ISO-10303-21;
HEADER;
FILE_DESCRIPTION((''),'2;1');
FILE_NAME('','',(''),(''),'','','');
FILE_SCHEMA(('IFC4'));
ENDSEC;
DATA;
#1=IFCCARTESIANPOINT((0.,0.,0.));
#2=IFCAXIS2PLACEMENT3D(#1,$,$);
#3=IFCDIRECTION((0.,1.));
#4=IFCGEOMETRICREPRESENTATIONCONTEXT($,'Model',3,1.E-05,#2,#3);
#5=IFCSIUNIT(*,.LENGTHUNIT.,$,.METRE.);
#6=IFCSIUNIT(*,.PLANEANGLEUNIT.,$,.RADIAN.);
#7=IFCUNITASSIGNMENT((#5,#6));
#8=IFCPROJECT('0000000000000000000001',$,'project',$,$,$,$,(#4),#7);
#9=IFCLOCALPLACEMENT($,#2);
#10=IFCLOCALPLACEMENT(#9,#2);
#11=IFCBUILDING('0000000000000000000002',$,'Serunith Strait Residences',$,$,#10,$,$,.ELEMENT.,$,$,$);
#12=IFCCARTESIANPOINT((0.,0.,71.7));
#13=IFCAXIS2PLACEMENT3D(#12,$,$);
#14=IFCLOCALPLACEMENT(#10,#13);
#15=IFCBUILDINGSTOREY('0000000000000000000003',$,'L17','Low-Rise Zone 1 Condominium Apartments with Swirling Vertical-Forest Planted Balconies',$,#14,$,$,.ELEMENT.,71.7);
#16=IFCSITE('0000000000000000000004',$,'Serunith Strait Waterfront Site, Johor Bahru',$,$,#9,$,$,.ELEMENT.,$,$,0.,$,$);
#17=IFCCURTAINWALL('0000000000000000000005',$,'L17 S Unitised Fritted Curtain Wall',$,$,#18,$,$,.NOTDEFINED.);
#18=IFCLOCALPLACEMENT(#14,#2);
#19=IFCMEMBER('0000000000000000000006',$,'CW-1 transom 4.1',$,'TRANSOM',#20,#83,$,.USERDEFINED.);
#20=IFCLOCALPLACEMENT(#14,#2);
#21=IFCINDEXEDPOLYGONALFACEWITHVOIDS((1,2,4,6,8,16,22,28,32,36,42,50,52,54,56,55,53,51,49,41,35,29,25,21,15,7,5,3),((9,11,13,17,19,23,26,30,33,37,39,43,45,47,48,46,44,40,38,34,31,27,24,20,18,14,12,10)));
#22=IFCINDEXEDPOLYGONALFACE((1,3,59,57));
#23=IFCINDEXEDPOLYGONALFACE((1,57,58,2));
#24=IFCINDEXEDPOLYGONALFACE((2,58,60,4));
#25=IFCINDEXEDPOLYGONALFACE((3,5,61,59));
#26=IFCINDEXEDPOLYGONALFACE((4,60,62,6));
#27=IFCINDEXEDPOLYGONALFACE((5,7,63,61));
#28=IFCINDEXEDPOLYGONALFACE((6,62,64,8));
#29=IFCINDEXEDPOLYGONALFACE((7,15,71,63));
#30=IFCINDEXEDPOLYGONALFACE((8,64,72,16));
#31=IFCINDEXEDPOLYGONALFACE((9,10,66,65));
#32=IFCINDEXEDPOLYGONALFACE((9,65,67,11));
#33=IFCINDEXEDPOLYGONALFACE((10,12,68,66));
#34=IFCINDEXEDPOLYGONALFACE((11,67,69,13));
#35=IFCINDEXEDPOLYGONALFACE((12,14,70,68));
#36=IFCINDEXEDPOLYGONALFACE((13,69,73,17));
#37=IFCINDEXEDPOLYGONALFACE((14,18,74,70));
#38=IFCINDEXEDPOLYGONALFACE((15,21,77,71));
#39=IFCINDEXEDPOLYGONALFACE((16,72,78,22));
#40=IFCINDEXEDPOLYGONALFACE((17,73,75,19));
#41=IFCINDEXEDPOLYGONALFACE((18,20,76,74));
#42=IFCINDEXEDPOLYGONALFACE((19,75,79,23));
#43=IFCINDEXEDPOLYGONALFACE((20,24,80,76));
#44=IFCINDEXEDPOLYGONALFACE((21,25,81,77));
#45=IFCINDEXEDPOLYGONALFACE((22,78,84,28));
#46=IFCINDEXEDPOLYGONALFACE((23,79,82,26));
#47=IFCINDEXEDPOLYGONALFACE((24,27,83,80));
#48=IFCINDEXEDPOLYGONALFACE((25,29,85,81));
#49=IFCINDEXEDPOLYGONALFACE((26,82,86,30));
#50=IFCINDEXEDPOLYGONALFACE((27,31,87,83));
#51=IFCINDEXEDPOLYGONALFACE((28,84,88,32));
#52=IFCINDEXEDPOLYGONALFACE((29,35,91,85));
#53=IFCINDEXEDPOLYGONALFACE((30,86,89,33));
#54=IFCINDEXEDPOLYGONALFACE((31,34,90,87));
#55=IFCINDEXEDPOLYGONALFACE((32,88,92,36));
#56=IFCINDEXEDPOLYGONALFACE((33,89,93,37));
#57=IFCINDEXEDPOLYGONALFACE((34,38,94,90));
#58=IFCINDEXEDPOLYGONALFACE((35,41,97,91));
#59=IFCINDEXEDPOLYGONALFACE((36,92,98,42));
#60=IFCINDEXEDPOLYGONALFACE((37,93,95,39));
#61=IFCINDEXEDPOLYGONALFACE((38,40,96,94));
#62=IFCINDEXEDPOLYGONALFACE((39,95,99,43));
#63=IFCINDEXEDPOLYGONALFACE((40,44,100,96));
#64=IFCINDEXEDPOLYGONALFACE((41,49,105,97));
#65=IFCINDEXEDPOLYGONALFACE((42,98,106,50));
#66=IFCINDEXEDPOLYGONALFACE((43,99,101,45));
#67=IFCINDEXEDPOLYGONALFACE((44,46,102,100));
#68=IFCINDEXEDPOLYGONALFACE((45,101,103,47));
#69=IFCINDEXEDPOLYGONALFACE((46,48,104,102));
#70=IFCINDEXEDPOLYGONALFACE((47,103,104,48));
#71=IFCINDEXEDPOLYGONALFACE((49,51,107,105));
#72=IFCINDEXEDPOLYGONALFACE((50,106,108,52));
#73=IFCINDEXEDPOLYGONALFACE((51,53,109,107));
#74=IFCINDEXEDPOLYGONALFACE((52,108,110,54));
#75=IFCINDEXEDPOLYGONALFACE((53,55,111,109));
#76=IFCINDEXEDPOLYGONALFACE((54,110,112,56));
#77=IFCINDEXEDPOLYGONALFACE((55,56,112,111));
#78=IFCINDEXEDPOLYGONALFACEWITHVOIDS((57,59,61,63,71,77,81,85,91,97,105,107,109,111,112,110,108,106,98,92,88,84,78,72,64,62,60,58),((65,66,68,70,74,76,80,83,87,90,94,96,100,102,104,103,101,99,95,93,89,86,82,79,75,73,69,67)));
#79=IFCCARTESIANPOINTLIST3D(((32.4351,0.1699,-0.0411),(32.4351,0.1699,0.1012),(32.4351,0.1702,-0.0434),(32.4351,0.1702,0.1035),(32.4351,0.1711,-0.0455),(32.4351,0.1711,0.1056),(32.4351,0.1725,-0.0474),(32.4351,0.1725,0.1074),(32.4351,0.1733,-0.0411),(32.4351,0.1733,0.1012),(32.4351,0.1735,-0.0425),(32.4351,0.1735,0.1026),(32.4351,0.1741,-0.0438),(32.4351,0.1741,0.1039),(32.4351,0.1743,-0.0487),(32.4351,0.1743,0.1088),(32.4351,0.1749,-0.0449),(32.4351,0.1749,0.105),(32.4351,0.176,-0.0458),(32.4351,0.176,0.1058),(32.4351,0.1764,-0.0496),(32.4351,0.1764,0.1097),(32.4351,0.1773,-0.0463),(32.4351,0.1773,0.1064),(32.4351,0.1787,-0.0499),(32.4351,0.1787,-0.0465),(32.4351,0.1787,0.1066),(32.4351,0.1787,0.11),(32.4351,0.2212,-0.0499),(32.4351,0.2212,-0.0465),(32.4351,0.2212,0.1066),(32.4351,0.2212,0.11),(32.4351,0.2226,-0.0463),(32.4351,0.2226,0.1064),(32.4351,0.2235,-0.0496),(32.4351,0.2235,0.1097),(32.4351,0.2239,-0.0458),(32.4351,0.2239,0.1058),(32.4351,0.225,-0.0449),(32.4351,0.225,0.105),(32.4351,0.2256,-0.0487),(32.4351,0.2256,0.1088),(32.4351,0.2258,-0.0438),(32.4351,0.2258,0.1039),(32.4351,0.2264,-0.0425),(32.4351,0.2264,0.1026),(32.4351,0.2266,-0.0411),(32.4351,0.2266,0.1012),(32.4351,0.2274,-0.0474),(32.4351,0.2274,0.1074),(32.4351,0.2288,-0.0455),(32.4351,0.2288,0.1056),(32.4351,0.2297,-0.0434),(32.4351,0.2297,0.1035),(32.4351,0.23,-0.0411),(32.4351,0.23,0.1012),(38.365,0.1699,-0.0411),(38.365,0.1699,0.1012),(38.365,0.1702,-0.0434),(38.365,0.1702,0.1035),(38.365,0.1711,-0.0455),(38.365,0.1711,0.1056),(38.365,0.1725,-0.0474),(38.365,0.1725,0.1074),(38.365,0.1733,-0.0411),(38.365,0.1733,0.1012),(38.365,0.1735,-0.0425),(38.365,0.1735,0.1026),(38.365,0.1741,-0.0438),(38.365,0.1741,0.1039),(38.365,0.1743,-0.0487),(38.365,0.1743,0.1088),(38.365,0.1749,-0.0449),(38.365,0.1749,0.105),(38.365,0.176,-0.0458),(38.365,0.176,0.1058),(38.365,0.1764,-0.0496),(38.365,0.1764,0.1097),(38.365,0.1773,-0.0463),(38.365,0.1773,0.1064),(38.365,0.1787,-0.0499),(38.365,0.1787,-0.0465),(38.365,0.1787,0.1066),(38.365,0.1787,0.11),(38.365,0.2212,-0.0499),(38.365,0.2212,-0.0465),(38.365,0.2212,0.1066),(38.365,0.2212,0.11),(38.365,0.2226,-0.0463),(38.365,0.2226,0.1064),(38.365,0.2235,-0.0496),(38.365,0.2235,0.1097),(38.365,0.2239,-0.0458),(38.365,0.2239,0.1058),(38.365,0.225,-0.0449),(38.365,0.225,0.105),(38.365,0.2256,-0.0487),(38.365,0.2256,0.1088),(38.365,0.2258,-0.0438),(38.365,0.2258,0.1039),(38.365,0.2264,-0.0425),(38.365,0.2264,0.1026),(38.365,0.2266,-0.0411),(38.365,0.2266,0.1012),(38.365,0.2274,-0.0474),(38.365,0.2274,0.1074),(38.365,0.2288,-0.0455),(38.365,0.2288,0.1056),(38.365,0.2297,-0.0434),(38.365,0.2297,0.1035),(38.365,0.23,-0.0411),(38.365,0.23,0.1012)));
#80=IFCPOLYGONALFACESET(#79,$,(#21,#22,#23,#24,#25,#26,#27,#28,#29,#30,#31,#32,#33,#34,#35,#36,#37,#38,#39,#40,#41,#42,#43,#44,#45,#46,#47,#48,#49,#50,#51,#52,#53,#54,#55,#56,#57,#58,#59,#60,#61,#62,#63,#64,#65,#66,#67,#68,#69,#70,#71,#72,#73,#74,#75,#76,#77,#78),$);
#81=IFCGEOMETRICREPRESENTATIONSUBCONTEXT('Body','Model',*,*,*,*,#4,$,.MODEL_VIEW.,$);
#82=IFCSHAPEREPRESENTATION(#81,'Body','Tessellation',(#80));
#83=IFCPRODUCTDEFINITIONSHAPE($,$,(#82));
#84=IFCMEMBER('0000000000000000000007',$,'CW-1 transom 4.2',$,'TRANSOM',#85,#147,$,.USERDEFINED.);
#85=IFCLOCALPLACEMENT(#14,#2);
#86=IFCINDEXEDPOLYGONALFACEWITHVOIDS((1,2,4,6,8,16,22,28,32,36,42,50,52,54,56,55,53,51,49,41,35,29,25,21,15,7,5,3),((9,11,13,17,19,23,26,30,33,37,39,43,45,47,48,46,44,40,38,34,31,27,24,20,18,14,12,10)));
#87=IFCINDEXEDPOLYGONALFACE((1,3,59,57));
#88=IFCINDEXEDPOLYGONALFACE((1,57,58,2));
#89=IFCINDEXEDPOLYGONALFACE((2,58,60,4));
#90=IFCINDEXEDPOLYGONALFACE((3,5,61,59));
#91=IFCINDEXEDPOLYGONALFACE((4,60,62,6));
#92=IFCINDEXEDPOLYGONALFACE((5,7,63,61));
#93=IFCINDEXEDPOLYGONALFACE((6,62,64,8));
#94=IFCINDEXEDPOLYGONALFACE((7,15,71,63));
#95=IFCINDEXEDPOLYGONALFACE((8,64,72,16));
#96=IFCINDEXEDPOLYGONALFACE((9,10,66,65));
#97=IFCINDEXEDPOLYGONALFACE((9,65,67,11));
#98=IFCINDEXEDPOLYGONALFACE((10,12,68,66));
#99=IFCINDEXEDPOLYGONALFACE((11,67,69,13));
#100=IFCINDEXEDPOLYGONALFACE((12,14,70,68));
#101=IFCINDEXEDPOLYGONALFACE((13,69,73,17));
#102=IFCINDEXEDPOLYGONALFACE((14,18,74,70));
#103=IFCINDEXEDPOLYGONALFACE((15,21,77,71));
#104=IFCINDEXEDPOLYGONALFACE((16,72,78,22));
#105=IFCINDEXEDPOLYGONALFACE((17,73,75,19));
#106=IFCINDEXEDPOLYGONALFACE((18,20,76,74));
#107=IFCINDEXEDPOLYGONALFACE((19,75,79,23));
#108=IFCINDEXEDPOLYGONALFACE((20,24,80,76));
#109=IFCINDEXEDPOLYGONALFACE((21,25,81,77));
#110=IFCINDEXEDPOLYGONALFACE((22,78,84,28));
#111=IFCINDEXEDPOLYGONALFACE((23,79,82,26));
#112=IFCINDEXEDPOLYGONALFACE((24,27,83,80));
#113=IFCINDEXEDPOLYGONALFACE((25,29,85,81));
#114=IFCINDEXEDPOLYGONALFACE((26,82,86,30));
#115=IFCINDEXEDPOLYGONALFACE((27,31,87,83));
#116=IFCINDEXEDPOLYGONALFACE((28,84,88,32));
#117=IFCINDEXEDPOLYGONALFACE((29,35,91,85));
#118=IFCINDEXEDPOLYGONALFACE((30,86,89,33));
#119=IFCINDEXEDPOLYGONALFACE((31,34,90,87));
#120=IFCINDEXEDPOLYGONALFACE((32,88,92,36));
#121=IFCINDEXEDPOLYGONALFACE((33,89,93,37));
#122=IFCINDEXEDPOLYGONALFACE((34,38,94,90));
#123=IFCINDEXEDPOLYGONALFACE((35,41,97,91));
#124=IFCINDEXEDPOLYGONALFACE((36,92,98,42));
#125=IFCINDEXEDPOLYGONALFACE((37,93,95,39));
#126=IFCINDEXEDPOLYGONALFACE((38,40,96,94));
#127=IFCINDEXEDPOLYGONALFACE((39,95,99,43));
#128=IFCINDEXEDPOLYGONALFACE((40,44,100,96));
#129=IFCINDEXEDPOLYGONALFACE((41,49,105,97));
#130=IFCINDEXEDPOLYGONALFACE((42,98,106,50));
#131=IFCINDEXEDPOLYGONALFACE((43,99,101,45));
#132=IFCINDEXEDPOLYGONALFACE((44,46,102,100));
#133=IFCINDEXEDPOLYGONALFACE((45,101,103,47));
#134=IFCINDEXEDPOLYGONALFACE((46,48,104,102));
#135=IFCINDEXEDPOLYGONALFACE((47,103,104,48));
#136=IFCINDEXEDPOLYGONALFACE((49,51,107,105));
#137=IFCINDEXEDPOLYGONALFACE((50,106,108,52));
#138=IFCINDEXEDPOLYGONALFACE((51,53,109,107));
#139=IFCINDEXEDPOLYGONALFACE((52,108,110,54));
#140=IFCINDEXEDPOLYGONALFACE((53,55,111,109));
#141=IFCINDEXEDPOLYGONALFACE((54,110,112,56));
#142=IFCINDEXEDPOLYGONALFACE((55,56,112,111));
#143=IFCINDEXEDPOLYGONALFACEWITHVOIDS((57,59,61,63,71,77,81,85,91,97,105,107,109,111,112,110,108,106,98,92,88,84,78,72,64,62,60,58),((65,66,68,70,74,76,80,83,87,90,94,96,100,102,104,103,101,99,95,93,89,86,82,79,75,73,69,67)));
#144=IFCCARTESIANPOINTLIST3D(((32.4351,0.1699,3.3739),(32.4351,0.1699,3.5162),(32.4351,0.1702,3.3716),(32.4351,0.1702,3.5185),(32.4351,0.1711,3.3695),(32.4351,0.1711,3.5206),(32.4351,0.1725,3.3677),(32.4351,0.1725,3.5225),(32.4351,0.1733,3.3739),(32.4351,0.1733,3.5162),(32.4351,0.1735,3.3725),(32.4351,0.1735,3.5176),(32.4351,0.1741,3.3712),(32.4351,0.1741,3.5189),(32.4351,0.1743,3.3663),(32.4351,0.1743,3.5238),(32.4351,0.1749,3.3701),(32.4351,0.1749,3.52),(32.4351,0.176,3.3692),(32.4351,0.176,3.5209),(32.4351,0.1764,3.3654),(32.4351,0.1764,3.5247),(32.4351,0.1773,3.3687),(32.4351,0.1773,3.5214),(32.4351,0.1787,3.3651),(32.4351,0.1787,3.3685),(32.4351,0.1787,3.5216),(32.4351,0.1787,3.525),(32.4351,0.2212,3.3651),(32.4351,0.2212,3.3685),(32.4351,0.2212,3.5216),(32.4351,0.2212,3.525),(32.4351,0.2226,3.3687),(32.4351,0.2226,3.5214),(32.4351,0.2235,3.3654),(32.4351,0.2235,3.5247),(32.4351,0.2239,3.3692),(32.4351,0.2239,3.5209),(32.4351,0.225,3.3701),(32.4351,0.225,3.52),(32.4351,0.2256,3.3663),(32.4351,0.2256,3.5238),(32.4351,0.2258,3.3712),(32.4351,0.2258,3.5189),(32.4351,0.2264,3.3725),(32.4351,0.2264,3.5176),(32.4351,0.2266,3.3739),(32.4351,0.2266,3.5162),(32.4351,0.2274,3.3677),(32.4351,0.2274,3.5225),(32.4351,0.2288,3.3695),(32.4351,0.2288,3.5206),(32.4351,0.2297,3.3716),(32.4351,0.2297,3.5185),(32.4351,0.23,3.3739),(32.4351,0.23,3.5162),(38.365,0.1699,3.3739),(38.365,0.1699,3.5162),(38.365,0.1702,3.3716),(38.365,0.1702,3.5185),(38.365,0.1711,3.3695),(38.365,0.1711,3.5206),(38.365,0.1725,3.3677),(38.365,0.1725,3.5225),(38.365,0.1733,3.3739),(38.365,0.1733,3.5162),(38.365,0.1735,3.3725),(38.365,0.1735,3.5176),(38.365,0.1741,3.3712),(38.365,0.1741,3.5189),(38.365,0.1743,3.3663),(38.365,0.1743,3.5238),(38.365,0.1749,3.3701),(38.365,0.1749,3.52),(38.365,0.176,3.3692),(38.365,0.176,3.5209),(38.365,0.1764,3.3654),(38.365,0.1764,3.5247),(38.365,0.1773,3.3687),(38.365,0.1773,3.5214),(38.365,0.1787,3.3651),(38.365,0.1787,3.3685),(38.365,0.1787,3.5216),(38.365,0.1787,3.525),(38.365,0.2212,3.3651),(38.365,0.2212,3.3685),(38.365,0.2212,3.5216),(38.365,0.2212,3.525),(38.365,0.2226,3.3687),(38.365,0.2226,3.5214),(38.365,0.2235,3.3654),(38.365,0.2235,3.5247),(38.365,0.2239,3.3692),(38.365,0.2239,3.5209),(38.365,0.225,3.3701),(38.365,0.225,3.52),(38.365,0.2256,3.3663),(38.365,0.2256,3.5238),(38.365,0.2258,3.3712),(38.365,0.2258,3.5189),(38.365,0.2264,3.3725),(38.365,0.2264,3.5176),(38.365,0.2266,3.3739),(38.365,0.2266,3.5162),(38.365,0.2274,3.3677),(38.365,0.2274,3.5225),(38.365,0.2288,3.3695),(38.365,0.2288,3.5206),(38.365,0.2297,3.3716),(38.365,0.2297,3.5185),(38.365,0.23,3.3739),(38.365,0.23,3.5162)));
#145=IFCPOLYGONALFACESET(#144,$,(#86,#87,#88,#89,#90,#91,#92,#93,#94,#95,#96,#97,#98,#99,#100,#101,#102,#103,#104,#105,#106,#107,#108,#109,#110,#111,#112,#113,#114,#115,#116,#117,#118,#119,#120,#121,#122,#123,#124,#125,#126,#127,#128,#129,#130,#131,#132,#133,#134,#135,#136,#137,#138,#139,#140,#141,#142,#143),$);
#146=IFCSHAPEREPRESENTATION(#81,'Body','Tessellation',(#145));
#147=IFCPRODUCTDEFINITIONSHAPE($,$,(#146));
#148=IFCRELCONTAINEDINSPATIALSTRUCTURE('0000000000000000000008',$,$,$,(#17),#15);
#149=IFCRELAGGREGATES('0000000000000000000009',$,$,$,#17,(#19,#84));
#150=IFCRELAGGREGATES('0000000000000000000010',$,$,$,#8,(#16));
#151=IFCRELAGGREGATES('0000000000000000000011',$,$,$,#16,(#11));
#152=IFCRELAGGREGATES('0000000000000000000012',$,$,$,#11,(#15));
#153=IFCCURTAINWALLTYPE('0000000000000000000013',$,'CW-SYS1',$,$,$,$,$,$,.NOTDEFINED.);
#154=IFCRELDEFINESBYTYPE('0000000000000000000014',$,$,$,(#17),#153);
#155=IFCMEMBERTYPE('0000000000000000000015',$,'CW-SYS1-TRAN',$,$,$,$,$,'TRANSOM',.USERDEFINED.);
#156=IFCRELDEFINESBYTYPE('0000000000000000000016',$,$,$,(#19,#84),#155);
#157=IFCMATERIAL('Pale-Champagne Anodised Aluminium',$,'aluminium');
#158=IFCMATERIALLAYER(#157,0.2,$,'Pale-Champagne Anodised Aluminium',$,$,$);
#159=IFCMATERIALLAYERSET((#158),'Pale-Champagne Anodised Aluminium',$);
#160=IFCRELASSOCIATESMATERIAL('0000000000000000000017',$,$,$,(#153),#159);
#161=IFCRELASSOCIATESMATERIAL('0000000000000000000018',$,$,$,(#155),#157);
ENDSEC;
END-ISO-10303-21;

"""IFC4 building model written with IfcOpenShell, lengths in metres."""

from ifc_helpers import new_model, si_unit, direction, frame, origin, origin_2d, place, context, subcontext, project, spatial, hollow_rectangle, extrude, source, transform, mapped, material, layer, layer_set, material_profile, profile_set, type_object, element, aggregate, save


model = new_model("IFC4")

# Units and contexts
model_context = context("Model", 3, precision=1e-05, world=origin(), true_north=direction((0.0, 1.0)))
body_context = subcontext(model_context, "Body", "Model", "MODEL_VIEW")
ifc_project = project(units=[si_unit("LENGTHUNIT", "METRE"), si_unit("PLANEANGLEUNIT", "RADIAN")], contexts=[model_context])

# Site, building, storey
site_placement = place(None, origin())
site = spatial("IfcSite", under=ifc_project, at=site_placement, Name="Serunith Strait Waterfront Site, Johor Bahru", CompositionType="ELEMENT", RefElevation=0.0)
building_placement = place(site_placement, origin())
building = spatial("IfcBuilding", under=site, at=building_placement, Name="Serunith Strait Residences", CompositionType="ELEMENT")
storey_placement = place(building_placement, frame((0.0, 0.0, 71.7)))
storey = spatial("IfcBuildingStorey", under=building, at=storey_placement, Name="L17", Description="Low-Rise Zone 1 Condominium Apartments with Swirling Vertical-Forest Planted Balconies", CompositionType="ELEMENT", Elevation=71.7)

# Curtain wall, members
ifc_material_1 = material(Name="Pale-Champagne Anodised Aluminium", Category="aluminium")
ifc_layer_1 = layer(ifc_material_1, 0.2, Name="Pale-Champagne Anodised Aluminium")
ifc_layer_set_1 = layer_set([ifc_layer_1], Name="Pale-Champagne Anodised Aluminium")
curtain_wall_type = type_object("IfcCurtainWallType", Name="CW-SYS1", PredefinedType="NOTDEFINED", material=ifc_layer_set_1)
curtain_wall_placement = place(storey_placement, origin())
curtain_wall = element("IfcCurtainWall", 1, at=curtain_wall_placement, inside=storey, type_object=curtain_wall_type, Name="L17 S Unitised Fritted Curtain Wall", PredefinedType="NOTDEFINED")
ifc_material_profile_1 = material_profile(ifc_material_1, hollow_rectangle(XDim=0.0601, YDim=0.1599, WallThickness=0.0034, InnerFilletRadius=0.0054, OuterFilletRadius=0.0088, at=origin_2d()), Name="ALU 160x60x3.5")
ifc_profile_set_1 = profile_set([ifc_material_profile_1], Name="Pale-Champagne Anodised Aluminium")
member_type_1 = type_object("IfcMemberType", Name="CW-SYS1-TRAN", ElementType="TRANSOM", PredefinedType="USERDEFINED", material=ifc_profile_set_1)
shared_shape_1 = source(origin(), body_context, "Body", "SweptSolid", [
    extrude(hollow_rectangle(XDim=0.0601, YDim=0.1599, WallThickness=0.0034, InnerFilletRadius=0.0054, OuterFilletRadius=0.0088, at=origin_2d()), origin(), (0.0, 0.0, 1.0), 5.9299),
])
member_1_placement = place(storey_placement, frame((32.4351, 0.2, 0.03), z_axis=(1.0, 0.0, 0.0), x_axis=(0.0, 1.0, 0.0)))
member_1 = element("IfcMember", 2, at=member_1_placement, type_object=member_type_1, Name="CW-1 transom 4.1", ObjectType="TRANSOM", PredefinedType="USERDEFINED", context=body_context, shape_type="MappedRepresentation", body=[
    mapped(shared_shape_1, transform((0.0, 0.0, 0.0), scale=1.0)),
])
member_2_placement = place(storey_placement, frame((32.4351, 0.2, 3.4451), z_axis=(1.0, 0.0, 0.0), x_axis=(0.0, 1.0, 0.0)))
member_2 = element("IfcMember", 3, at=member_2_placement, type_object=member_type_1, Name="CW-1 transom 4.2", ObjectType="TRANSOM", PredefinedType="USERDEFINED", context=body_context, shape_type="MappedRepresentation", body=[
    mapped(shared_shape_1, transform((0.0, 0.0, 0.0), scale=1.0)),
])
aggregate(curtain_wall, [member_1, member_2])

save(model, "model.ifc")
